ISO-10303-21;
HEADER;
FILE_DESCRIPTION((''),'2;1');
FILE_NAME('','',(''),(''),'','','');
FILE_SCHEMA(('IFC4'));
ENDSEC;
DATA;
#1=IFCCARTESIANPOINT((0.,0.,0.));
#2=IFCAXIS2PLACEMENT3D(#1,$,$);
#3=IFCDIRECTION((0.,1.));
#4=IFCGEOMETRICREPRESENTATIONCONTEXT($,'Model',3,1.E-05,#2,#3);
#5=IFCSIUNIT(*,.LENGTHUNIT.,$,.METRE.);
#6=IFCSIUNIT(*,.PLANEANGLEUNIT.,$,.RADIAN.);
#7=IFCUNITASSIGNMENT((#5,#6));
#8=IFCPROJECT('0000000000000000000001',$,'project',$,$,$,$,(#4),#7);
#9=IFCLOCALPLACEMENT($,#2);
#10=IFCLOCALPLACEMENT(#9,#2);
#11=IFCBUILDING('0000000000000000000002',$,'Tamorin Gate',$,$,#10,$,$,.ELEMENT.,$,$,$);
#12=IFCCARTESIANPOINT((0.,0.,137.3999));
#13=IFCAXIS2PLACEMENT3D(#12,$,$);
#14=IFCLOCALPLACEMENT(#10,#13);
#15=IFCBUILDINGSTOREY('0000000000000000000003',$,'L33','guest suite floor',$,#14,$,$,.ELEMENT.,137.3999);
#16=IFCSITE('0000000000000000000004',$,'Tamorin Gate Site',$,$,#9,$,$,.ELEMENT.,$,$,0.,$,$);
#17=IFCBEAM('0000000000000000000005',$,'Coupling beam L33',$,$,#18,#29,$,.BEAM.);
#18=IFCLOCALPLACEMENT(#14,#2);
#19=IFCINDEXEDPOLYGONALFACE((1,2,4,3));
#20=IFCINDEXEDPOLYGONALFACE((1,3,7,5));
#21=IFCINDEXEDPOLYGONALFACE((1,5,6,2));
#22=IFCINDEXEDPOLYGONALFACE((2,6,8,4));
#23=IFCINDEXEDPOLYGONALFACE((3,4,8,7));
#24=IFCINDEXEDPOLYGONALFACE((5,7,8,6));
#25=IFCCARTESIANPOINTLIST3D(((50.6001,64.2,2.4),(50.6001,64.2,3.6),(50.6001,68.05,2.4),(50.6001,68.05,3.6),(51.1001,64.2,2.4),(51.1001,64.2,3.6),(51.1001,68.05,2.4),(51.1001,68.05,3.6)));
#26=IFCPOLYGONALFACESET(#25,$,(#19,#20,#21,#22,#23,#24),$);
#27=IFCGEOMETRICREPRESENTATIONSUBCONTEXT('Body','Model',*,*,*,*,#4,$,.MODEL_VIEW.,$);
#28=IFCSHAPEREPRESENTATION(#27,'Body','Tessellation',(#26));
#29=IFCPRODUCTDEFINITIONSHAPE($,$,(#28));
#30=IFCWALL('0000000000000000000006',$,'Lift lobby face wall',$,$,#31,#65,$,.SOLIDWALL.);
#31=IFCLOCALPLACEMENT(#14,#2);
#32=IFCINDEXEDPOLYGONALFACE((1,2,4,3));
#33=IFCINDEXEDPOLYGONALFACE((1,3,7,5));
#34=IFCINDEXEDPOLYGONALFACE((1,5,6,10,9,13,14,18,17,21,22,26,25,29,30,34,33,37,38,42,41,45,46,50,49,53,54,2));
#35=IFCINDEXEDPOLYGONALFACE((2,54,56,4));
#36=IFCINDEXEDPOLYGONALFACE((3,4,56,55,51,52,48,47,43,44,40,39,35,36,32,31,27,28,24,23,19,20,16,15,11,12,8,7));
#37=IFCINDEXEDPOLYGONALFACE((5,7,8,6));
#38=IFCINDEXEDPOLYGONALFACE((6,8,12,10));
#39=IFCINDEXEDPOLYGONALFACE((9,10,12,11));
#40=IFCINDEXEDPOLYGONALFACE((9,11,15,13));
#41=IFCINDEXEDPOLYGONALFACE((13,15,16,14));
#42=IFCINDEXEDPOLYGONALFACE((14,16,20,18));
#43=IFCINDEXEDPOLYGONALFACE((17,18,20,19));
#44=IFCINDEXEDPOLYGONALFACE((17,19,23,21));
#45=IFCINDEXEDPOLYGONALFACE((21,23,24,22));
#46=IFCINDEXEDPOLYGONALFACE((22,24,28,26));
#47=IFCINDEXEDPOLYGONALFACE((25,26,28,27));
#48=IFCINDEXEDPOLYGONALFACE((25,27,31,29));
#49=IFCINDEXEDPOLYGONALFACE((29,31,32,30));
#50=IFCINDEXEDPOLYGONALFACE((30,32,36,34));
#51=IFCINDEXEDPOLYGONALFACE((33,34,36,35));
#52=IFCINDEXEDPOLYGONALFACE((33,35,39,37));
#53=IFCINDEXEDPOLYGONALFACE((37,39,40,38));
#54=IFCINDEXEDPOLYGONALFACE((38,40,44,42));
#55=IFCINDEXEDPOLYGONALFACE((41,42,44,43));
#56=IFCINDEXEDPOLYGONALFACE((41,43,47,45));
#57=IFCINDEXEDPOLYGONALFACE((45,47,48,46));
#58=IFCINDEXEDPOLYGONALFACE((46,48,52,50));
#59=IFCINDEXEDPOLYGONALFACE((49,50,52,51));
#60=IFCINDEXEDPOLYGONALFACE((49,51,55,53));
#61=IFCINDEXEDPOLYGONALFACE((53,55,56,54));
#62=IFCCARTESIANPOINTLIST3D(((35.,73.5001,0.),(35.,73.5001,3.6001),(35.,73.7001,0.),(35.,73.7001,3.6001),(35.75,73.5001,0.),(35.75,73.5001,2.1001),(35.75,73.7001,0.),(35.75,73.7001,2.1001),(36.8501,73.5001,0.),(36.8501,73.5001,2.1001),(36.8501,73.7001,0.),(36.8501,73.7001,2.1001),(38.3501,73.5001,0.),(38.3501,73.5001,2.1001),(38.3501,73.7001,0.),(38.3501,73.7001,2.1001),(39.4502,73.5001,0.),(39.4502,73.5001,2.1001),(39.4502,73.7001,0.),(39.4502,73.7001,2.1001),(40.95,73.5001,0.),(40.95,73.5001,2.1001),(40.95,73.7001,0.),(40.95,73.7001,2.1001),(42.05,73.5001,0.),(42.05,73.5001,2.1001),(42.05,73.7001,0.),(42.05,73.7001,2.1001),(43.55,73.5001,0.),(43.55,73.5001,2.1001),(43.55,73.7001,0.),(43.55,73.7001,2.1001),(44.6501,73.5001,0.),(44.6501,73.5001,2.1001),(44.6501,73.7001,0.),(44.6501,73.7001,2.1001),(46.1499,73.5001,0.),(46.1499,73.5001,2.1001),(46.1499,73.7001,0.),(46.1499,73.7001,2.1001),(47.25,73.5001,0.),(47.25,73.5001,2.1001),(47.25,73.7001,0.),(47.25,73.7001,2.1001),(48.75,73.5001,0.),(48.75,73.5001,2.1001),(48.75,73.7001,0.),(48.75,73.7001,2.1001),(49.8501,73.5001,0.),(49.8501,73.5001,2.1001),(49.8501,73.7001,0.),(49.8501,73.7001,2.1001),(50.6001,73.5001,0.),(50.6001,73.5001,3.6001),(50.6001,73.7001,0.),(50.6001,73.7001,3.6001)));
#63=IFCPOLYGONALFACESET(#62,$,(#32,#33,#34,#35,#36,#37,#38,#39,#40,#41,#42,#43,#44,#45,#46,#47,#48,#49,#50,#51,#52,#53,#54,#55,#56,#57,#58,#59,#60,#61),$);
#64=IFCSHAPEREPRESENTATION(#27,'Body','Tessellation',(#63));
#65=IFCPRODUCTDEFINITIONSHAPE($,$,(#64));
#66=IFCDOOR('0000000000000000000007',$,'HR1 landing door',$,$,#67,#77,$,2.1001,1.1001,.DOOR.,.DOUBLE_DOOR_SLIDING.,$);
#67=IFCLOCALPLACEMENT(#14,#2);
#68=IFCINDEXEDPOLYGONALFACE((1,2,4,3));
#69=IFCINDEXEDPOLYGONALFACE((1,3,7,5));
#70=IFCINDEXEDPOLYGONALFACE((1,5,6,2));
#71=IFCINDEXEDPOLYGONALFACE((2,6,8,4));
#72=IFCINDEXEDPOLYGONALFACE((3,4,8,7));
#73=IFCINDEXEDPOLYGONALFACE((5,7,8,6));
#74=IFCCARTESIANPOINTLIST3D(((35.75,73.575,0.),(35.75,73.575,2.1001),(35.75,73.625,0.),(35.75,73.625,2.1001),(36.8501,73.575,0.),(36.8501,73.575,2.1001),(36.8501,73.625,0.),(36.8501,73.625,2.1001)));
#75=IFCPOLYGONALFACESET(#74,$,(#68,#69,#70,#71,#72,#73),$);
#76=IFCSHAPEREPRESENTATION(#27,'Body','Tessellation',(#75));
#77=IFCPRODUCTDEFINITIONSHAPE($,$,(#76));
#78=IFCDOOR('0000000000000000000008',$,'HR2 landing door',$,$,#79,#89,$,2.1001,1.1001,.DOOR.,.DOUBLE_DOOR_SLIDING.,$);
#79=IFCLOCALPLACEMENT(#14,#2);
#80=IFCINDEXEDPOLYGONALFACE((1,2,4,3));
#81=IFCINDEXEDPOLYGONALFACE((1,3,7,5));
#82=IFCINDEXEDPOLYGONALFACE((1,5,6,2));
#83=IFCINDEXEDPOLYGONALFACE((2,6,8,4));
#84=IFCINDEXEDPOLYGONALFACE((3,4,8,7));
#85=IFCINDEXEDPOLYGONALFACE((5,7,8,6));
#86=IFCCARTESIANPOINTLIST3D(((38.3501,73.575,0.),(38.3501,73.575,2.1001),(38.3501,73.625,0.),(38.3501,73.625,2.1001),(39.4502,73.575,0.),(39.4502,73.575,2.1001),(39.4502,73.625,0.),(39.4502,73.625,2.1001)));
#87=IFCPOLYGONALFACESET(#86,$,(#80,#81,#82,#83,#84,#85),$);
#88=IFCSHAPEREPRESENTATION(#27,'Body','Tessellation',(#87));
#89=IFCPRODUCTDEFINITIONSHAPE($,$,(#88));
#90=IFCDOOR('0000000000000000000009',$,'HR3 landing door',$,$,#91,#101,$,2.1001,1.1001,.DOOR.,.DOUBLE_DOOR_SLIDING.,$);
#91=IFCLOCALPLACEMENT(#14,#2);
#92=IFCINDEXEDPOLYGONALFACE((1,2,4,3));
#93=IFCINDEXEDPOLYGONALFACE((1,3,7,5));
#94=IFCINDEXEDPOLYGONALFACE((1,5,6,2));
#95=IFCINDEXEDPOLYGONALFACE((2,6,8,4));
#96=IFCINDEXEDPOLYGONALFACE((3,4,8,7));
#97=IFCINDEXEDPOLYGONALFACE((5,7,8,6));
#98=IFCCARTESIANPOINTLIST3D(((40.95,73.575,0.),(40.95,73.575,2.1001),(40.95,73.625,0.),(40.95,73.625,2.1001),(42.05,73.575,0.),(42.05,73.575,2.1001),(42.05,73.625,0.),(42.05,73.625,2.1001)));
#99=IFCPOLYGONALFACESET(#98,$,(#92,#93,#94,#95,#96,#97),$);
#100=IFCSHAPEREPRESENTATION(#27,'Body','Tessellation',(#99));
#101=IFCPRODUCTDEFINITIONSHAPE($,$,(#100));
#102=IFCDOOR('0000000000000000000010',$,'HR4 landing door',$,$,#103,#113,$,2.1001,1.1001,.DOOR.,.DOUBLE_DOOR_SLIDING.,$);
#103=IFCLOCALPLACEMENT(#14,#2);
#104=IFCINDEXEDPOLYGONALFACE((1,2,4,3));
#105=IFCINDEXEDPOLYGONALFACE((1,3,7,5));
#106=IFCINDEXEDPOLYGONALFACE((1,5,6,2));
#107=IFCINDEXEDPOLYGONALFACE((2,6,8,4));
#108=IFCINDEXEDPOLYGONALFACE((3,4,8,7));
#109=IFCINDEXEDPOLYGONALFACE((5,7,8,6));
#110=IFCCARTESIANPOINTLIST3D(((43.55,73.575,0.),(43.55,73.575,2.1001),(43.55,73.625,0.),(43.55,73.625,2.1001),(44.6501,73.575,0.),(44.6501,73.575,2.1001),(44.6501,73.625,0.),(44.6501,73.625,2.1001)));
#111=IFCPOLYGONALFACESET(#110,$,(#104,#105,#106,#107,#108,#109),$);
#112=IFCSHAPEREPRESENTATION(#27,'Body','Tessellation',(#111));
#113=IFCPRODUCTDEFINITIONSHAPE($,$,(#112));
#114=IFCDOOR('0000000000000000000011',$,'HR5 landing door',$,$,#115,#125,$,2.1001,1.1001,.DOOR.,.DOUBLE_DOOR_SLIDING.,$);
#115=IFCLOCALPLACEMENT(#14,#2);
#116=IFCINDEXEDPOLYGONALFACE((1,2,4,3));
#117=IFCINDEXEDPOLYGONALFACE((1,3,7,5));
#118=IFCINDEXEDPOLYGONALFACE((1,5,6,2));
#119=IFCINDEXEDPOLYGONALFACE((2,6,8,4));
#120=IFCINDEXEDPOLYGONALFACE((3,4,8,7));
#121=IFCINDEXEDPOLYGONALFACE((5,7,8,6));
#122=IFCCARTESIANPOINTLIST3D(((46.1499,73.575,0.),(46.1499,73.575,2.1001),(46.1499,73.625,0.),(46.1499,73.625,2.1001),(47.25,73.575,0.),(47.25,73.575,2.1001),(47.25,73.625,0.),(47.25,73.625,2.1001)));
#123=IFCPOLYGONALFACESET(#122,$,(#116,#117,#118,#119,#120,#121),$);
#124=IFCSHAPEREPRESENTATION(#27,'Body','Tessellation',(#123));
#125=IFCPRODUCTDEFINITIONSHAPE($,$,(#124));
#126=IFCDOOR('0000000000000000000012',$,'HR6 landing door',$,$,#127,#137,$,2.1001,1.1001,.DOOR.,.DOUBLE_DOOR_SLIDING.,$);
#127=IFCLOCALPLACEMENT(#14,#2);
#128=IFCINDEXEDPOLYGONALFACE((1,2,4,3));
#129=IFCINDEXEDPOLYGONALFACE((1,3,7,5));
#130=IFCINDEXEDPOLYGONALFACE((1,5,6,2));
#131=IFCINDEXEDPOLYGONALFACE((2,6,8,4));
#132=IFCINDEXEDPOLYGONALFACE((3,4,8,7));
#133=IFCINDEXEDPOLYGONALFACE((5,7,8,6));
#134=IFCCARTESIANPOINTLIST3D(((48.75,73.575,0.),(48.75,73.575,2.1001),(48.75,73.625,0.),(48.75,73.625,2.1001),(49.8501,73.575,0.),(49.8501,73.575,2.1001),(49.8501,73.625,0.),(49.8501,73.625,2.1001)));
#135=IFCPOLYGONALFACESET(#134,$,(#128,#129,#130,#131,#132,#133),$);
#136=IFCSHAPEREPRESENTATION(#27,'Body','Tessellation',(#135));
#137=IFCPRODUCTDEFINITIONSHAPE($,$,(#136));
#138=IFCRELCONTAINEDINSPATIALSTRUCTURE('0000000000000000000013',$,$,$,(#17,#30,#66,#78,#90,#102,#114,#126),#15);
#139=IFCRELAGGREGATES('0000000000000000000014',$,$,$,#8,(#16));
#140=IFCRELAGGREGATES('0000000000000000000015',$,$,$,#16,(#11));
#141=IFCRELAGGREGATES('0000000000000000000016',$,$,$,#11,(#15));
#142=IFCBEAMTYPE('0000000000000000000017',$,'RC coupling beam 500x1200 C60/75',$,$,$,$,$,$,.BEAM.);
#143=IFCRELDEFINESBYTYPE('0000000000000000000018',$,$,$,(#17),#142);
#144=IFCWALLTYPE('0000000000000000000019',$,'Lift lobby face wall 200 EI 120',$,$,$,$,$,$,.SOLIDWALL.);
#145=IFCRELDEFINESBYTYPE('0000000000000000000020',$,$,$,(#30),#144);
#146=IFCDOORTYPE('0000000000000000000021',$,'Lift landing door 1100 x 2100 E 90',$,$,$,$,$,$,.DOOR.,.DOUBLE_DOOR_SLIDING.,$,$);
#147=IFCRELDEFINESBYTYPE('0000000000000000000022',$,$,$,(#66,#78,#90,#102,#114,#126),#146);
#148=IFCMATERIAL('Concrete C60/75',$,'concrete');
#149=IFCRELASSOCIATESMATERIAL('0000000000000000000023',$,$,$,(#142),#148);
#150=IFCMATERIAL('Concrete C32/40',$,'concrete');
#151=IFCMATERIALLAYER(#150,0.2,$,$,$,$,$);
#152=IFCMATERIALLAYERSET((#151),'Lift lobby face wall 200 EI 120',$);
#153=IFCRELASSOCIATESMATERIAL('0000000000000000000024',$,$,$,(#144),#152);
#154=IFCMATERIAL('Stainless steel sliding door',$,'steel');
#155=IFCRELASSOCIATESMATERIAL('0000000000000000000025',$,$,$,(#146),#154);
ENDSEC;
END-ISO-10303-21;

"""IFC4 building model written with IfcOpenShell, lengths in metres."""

from ifc_helpers import new_model, si_unit, direction, frame, frame_2d, origin, origin_2d, place, context, subcontext, project, spatial, rectangle, extrude, material, layer, layer_set, material_profile, profile_set, type_object, element, fill, save


model = new_model("IFC4")

# Units and contexts
model_context = context("Model", 3, precision=1e-05, world=origin(), true_north=direction((0.0, 1.0)))
body_context = subcontext(model_context, "Body", "Model", "MODEL_VIEW")
ifc_project = project(units=[si_unit("LENGTHUNIT", "METRE"), si_unit("PLANEANGLEUNIT", "RADIAN")], contexts=[model_context])

# Site, building, storey
site_placement = place(None, origin())
site = spatial("IfcSite", under=ifc_project, at=site_placement, Name="Tamorin Gate Site", CompositionType="ELEMENT", RefElevation=0.0)
building_placement = place(site_placement, origin())
building = spatial("IfcBuilding", under=site, at=building_placement, Name="Tamorin Gate", CompositionType="ELEMENT")
storey_placement = place(building_placement, frame((0.0, 0.0, 137.3999)))
storey = spatial("IfcBuildingStorey", under=building, at=storey_placement, Name="L33", Description="guest suite floor", CompositionType="ELEMENT", Elevation=137.3999)

# Beam
ifc_material_1 = material(Name="Concrete C60/75", Category="concrete")
ifc_material_profile = material_profile(ifc_material_1, rectangle(XDim=0.5, YDim=1.2, at=origin_2d()), Name="RC 500x1200")
ifc_profile_set = profile_set([ifc_material_profile], Name="Concrete C60/75")
beam_type = type_object("IfcBeamType", Name="RC coupling beam 500x1200 C60/75", PredefinedType="BEAM", material=ifc_profile_set)
beam_placement = place(storey_placement, frame((50.8501, 64.2, 3.0), z_axis=(0.0, 1.0, 0.0), x_axis=(-1.0, 0.0, 0.0)))
element("IfcBeam", 1, at=beam_placement, inside=storey, type_object=beam_type, Name="Coupling beam L33", PredefinedType="BEAM", context=body_context, shape_type="SweptSolid", body=[
    extrude(rectangle(XDim=0.5, YDim=1.2, at=origin_2d()), origin(), (0.0, 0.0, 1.0), 3.8501),
])

# Wall, openings, doors
ifc_material_2 = material(Name="Concrete C32/40", Category="concrete")
ifc_layer_1 = layer(ifc_material_2, 0.2)
ifc_layer_set_1 = layer_set([ifc_layer_1], Name="Lift lobby face wall 200 EI 120")
wall_type_1 = type_object("IfcWallType", Name="Lift lobby face wall 200 EI 120", PredefinedType="SOLIDWALL", material=ifc_layer_set_1)
wall_1_placement = place(storey_placement, frame((35.0, 73.6001, 0.0), z_axis=(0.0, 0.0, 1.0), x_axis=(1.0, 0.0, 0.0)))
wall_1 = element("IfcWall", 2, at=wall_1_placement, inside=storey, type_object=wall_type_1, Name="Lift lobby face wall", PredefinedType="SOLIDWALL", context=body_context, shape_type="SweptSolid", body=[
    extrude(rectangle(XDim=15.6001, YDim=0.2, at=frame_2d((7.8, 0.0))), origin(), (0.0, 0.0, 1.0), 3.6001),
])
opening_1_placement = place(wall_1_placement, frame((0.75, 0.0, 0.0)))
opening_1 = element("IfcOpeningElement", 3, at=opening_1_placement, cuts=wall_1, PredefinedType="OPENING", context=body_context, shape_type="SweptSolid", body=[
    extrude(rectangle(XDim=1.1001, YDim=2.1001, at=frame_2d((0.55, 1.05))), frame((0.0, 0.1099, 0.0), z_axis=(0.0, -1.0, 0.0), x_axis=(1.0, 0.0, 0.0)), (0.0, 0.0, 1.0), 0.22),
])
opening_2_placement = place(wall_1_placement, frame((3.3501, 0.0, 0.0)))
opening_2 = element("IfcOpeningElement", 4, at=opening_2_placement, cuts=wall_1, PredefinedType="OPENING", context=body_context, shape_type="SweptSolid", body=[
    extrude(rectangle(XDim=1.1001, YDim=2.1001, at=frame_2d((0.55, 1.05))), frame((0.0, 0.1099, 0.0), z_axis=(0.0, -1.0, 0.0), x_axis=(1.0, 0.0, 0.0)), (0.0, 0.0, 1.0), 0.22),
])
opening_3_placement = place(wall_1_placement, frame((5.95, 0.0, 0.0)))
opening_3 = element("IfcOpeningElement", 5, at=opening_3_placement, cuts=wall_1, PredefinedType="OPENING", context=body_context, shape_type="SweptSolid", body=[
    extrude(rectangle(XDim=1.1001, YDim=2.1001, at=frame_2d((0.55, 1.05))), frame((0.0, 0.1099, 0.0), z_axis=(0.0, -1.0, 0.0), x_axis=(1.0, 0.0, 0.0)), (0.0, 0.0, 1.0), 0.22),
])
opening_4_placement = place(wall_1_placement, frame((8.55, 0.0, 0.0)))
opening_4 = element("IfcOpeningElement", 6, at=opening_4_placement, cuts=wall_1, PredefinedType="OPENING", context=body_context, shape_type="SweptSolid", body=[
    extrude(rectangle(XDim=1.1001, YDim=2.1001, at=frame_2d((0.55, 1.05))), frame((0.0, 0.1099, 0.0), z_axis=(0.0, -1.0, 0.0), x_axis=(1.0, 0.0, 0.0)), (0.0, 0.0, 1.0), 0.22),
])
opening_5_placement = place(wall_1_placement, frame((11.1499, 0.0, 0.0)))
opening_5 = element("IfcOpeningElement", 7, at=opening_5_placement, cuts=wall_1, PredefinedType="OPENING", context=body_context, shape_type="SweptSolid", body=[
    extrude(rectangle(XDim=1.1001, YDim=2.1001, at=frame_2d((0.55, 1.05))), frame((0.0, 0.1099, 0.0), z_axis=(0.0, -1.0, 0.0), x_axis=(1.0, 0.0, 0.0)), (0.0, 0.0, 1.0), 0.22),
])
opening_6_placement = place(wall_1_placement, frame((13.75, 0.0, 0.0)))
opening_6 = element("IfcOpeningElement", 8, at=opening_6_placement, cuts=wall_1, PredefinedType="OPENING", context=body_context, shape_type="SweptSolid", body=[
    extrude(rectangle(XDim=1.1001, YDim=2.1001, at=frame_2d((0.55, 1.05))), frame((0.0, 0.1099, 0.0), z_axis=(0.0, -1.0, 0.0), x_axis=(1.0, 0.0, 0.0)), (0.0, 0.0, 1.0), 0.22),
])
ifc_material_3 = material(Name="Stainless steel sliding door", Category="steel")
door_type_1 = type_object("IfcDoorType", Name="Lift landing door 1100 x 2100 E 90", OperationType="DOUBLE_DOOR_SLIDING", PredefinedType="DOOR", material=ifc_material_3)
door_1_placement = place(opening_1_placement, origin())
door_1 = element("IfcDoor", 9, at=door_1_placement, inside=storey, type_object=door_type_1, Name="HR1 landing door", OperationType="DOUBLE_DOOR_SLIDING", OverallHeight=2.1001, OverallWidth=1.1001, PredefinedType="DOOR", context=body_context, shape_type="SweptSolid", body=[
    extrude(rectangle(XDim=1.1001, YDim=2.1001, at=frame_2d((0.55, 1.05))), frame((0.0, 0.0249, 0.0), z_axis=(0.0, -1.0, 0.0), x_axis=(1.0, 0.0, 0.0)), (0.0, 0.0, 1.0), 0.05),
])
fill(opening_1, door_1)
door_2_placement = place(opening_2_placement, origin())
door_2 = element("IfcDoor", 10, at=door_2_placement, inside=storey, type_object=door_type_1, Name="HR2 landing door", OperationType="DOUBLE_DOOR_SLIDING", OverallHeight=2.1001, OverallWidth=1.1001, PredefinedType="DOOR", context=body_context, shape_type="SweptSolid", body=[
    extrude(rectangle(XDim=1.1001, YDim=2.1001, at=frame_2d((0.55, 1.05))), frame((0.0, 0.0249, 0.0), z_axis=(0.0, -1.0, 0.0), x_axis=(1.0, 0.0, 0.0)), (0.0, 0.0, 1.0), 0.05),
])
fill(opening_2, door_2)
door_3_placement = place(opening_3_placement, origin())
door_3 = element("IfcDoor", 11, at=door_3_placement, inside=storey, type_object=door_type_1, Name="HR3 landing door", OperationType="DOUBLE_DOOR_SLIDING", OverallHeight=2.1001, OverallWidth=1.1001, PredefinedType="DOOR", context=body_context, shape_type="SweptSolid", body=[
    extrude(rectangle(XDim=1.1001, YDim=2.1001, at=frame_2d((0.55, 1.05))), frame((0.0, 0.0249, 0.0), z_axis=(0.0, -1.0, 0.0), x_axis=(1.0, 0.0, 0.0)), (0.0, 0.0, 1.0), 0.05),
])
fill(opening_3, door_3)
door_4_placement = place(opening_4_placement, origin())
door_4 = element("IfcDoor", 12, at=door_4_placement, inside=storey, type_object=door_type_1, Name="HR4 landing door", OperationType="DOUBLE_DOOR_SLIDING", OverallHeight=2.1001, OverallWidth=1.1001, PredefinedType="DOOR", context=body_context, shape_type="SweptSolid", body=[
    extrude(rectangle(XDim=1.1001, YDim=2.1001, at=frame_2d((0.55, 1.05))), frame((0.0, 0.0249, 0.0), z_axis=(0.0, -1.0, 0.0), x_axis=(1.0, 0.0, 0.0)), (0.0, 0.0, 1.0), 0.05),
])
fill(opening_4, door_4)
door_5_placement = place(opening_5_placement, origin())
door_5 = element("IfcDoor", 13, at=door_5_placement, inside=storey, type_object=door_type_1, Name="HR5 landing door", OperationType="DOUBLE_DOOR_SLIDING", OverallHeight=2.1001, OverallWidth=1.1001, PredefinedType="DOOR", context=body_context, shape_type="SweptSolid", body=[
    extrude(rectangle(XDim=1.1001, YDim=2.1001, at=frame_2d((0.55, 1.05))), frame((0.0, 0.0249, 0.0), z_axis=(0.0, -1.0, 0.0), x_axis=(1.0, 0.0, 0.0)), (0.0, 0.0, 1.0), 0.05),
])
fill(opening_5, door_5)
door_6_placement = place(opening_6_placement, origin())
door_6 = element("IfcDoor", 14, at=door_6_placement, inside=storey, type_object=door_type_1, Name="HR6 landing door", OperationType="DOUBLE_DOOR_SLIDING", OverallHeight=2.1001, OverallWidth=1.1001, PredefinedType="DOOR", context=body_context, shape_type="SweptSolid", body=[
    extrude(rectangle(XDim=1.1001, YDim=2.1001, at=frame_2d((0.55, 1.05))), frame((0.0, 0.0249, 0.0), z_axis=(0.0, -1.0, 0.0), x_axis=(1.0, 0.0, 0.0)), (0.0, 0.0, 1.0), 0.05),
])
fill(opening_6, door_6)

save(model, "model.ifc")
